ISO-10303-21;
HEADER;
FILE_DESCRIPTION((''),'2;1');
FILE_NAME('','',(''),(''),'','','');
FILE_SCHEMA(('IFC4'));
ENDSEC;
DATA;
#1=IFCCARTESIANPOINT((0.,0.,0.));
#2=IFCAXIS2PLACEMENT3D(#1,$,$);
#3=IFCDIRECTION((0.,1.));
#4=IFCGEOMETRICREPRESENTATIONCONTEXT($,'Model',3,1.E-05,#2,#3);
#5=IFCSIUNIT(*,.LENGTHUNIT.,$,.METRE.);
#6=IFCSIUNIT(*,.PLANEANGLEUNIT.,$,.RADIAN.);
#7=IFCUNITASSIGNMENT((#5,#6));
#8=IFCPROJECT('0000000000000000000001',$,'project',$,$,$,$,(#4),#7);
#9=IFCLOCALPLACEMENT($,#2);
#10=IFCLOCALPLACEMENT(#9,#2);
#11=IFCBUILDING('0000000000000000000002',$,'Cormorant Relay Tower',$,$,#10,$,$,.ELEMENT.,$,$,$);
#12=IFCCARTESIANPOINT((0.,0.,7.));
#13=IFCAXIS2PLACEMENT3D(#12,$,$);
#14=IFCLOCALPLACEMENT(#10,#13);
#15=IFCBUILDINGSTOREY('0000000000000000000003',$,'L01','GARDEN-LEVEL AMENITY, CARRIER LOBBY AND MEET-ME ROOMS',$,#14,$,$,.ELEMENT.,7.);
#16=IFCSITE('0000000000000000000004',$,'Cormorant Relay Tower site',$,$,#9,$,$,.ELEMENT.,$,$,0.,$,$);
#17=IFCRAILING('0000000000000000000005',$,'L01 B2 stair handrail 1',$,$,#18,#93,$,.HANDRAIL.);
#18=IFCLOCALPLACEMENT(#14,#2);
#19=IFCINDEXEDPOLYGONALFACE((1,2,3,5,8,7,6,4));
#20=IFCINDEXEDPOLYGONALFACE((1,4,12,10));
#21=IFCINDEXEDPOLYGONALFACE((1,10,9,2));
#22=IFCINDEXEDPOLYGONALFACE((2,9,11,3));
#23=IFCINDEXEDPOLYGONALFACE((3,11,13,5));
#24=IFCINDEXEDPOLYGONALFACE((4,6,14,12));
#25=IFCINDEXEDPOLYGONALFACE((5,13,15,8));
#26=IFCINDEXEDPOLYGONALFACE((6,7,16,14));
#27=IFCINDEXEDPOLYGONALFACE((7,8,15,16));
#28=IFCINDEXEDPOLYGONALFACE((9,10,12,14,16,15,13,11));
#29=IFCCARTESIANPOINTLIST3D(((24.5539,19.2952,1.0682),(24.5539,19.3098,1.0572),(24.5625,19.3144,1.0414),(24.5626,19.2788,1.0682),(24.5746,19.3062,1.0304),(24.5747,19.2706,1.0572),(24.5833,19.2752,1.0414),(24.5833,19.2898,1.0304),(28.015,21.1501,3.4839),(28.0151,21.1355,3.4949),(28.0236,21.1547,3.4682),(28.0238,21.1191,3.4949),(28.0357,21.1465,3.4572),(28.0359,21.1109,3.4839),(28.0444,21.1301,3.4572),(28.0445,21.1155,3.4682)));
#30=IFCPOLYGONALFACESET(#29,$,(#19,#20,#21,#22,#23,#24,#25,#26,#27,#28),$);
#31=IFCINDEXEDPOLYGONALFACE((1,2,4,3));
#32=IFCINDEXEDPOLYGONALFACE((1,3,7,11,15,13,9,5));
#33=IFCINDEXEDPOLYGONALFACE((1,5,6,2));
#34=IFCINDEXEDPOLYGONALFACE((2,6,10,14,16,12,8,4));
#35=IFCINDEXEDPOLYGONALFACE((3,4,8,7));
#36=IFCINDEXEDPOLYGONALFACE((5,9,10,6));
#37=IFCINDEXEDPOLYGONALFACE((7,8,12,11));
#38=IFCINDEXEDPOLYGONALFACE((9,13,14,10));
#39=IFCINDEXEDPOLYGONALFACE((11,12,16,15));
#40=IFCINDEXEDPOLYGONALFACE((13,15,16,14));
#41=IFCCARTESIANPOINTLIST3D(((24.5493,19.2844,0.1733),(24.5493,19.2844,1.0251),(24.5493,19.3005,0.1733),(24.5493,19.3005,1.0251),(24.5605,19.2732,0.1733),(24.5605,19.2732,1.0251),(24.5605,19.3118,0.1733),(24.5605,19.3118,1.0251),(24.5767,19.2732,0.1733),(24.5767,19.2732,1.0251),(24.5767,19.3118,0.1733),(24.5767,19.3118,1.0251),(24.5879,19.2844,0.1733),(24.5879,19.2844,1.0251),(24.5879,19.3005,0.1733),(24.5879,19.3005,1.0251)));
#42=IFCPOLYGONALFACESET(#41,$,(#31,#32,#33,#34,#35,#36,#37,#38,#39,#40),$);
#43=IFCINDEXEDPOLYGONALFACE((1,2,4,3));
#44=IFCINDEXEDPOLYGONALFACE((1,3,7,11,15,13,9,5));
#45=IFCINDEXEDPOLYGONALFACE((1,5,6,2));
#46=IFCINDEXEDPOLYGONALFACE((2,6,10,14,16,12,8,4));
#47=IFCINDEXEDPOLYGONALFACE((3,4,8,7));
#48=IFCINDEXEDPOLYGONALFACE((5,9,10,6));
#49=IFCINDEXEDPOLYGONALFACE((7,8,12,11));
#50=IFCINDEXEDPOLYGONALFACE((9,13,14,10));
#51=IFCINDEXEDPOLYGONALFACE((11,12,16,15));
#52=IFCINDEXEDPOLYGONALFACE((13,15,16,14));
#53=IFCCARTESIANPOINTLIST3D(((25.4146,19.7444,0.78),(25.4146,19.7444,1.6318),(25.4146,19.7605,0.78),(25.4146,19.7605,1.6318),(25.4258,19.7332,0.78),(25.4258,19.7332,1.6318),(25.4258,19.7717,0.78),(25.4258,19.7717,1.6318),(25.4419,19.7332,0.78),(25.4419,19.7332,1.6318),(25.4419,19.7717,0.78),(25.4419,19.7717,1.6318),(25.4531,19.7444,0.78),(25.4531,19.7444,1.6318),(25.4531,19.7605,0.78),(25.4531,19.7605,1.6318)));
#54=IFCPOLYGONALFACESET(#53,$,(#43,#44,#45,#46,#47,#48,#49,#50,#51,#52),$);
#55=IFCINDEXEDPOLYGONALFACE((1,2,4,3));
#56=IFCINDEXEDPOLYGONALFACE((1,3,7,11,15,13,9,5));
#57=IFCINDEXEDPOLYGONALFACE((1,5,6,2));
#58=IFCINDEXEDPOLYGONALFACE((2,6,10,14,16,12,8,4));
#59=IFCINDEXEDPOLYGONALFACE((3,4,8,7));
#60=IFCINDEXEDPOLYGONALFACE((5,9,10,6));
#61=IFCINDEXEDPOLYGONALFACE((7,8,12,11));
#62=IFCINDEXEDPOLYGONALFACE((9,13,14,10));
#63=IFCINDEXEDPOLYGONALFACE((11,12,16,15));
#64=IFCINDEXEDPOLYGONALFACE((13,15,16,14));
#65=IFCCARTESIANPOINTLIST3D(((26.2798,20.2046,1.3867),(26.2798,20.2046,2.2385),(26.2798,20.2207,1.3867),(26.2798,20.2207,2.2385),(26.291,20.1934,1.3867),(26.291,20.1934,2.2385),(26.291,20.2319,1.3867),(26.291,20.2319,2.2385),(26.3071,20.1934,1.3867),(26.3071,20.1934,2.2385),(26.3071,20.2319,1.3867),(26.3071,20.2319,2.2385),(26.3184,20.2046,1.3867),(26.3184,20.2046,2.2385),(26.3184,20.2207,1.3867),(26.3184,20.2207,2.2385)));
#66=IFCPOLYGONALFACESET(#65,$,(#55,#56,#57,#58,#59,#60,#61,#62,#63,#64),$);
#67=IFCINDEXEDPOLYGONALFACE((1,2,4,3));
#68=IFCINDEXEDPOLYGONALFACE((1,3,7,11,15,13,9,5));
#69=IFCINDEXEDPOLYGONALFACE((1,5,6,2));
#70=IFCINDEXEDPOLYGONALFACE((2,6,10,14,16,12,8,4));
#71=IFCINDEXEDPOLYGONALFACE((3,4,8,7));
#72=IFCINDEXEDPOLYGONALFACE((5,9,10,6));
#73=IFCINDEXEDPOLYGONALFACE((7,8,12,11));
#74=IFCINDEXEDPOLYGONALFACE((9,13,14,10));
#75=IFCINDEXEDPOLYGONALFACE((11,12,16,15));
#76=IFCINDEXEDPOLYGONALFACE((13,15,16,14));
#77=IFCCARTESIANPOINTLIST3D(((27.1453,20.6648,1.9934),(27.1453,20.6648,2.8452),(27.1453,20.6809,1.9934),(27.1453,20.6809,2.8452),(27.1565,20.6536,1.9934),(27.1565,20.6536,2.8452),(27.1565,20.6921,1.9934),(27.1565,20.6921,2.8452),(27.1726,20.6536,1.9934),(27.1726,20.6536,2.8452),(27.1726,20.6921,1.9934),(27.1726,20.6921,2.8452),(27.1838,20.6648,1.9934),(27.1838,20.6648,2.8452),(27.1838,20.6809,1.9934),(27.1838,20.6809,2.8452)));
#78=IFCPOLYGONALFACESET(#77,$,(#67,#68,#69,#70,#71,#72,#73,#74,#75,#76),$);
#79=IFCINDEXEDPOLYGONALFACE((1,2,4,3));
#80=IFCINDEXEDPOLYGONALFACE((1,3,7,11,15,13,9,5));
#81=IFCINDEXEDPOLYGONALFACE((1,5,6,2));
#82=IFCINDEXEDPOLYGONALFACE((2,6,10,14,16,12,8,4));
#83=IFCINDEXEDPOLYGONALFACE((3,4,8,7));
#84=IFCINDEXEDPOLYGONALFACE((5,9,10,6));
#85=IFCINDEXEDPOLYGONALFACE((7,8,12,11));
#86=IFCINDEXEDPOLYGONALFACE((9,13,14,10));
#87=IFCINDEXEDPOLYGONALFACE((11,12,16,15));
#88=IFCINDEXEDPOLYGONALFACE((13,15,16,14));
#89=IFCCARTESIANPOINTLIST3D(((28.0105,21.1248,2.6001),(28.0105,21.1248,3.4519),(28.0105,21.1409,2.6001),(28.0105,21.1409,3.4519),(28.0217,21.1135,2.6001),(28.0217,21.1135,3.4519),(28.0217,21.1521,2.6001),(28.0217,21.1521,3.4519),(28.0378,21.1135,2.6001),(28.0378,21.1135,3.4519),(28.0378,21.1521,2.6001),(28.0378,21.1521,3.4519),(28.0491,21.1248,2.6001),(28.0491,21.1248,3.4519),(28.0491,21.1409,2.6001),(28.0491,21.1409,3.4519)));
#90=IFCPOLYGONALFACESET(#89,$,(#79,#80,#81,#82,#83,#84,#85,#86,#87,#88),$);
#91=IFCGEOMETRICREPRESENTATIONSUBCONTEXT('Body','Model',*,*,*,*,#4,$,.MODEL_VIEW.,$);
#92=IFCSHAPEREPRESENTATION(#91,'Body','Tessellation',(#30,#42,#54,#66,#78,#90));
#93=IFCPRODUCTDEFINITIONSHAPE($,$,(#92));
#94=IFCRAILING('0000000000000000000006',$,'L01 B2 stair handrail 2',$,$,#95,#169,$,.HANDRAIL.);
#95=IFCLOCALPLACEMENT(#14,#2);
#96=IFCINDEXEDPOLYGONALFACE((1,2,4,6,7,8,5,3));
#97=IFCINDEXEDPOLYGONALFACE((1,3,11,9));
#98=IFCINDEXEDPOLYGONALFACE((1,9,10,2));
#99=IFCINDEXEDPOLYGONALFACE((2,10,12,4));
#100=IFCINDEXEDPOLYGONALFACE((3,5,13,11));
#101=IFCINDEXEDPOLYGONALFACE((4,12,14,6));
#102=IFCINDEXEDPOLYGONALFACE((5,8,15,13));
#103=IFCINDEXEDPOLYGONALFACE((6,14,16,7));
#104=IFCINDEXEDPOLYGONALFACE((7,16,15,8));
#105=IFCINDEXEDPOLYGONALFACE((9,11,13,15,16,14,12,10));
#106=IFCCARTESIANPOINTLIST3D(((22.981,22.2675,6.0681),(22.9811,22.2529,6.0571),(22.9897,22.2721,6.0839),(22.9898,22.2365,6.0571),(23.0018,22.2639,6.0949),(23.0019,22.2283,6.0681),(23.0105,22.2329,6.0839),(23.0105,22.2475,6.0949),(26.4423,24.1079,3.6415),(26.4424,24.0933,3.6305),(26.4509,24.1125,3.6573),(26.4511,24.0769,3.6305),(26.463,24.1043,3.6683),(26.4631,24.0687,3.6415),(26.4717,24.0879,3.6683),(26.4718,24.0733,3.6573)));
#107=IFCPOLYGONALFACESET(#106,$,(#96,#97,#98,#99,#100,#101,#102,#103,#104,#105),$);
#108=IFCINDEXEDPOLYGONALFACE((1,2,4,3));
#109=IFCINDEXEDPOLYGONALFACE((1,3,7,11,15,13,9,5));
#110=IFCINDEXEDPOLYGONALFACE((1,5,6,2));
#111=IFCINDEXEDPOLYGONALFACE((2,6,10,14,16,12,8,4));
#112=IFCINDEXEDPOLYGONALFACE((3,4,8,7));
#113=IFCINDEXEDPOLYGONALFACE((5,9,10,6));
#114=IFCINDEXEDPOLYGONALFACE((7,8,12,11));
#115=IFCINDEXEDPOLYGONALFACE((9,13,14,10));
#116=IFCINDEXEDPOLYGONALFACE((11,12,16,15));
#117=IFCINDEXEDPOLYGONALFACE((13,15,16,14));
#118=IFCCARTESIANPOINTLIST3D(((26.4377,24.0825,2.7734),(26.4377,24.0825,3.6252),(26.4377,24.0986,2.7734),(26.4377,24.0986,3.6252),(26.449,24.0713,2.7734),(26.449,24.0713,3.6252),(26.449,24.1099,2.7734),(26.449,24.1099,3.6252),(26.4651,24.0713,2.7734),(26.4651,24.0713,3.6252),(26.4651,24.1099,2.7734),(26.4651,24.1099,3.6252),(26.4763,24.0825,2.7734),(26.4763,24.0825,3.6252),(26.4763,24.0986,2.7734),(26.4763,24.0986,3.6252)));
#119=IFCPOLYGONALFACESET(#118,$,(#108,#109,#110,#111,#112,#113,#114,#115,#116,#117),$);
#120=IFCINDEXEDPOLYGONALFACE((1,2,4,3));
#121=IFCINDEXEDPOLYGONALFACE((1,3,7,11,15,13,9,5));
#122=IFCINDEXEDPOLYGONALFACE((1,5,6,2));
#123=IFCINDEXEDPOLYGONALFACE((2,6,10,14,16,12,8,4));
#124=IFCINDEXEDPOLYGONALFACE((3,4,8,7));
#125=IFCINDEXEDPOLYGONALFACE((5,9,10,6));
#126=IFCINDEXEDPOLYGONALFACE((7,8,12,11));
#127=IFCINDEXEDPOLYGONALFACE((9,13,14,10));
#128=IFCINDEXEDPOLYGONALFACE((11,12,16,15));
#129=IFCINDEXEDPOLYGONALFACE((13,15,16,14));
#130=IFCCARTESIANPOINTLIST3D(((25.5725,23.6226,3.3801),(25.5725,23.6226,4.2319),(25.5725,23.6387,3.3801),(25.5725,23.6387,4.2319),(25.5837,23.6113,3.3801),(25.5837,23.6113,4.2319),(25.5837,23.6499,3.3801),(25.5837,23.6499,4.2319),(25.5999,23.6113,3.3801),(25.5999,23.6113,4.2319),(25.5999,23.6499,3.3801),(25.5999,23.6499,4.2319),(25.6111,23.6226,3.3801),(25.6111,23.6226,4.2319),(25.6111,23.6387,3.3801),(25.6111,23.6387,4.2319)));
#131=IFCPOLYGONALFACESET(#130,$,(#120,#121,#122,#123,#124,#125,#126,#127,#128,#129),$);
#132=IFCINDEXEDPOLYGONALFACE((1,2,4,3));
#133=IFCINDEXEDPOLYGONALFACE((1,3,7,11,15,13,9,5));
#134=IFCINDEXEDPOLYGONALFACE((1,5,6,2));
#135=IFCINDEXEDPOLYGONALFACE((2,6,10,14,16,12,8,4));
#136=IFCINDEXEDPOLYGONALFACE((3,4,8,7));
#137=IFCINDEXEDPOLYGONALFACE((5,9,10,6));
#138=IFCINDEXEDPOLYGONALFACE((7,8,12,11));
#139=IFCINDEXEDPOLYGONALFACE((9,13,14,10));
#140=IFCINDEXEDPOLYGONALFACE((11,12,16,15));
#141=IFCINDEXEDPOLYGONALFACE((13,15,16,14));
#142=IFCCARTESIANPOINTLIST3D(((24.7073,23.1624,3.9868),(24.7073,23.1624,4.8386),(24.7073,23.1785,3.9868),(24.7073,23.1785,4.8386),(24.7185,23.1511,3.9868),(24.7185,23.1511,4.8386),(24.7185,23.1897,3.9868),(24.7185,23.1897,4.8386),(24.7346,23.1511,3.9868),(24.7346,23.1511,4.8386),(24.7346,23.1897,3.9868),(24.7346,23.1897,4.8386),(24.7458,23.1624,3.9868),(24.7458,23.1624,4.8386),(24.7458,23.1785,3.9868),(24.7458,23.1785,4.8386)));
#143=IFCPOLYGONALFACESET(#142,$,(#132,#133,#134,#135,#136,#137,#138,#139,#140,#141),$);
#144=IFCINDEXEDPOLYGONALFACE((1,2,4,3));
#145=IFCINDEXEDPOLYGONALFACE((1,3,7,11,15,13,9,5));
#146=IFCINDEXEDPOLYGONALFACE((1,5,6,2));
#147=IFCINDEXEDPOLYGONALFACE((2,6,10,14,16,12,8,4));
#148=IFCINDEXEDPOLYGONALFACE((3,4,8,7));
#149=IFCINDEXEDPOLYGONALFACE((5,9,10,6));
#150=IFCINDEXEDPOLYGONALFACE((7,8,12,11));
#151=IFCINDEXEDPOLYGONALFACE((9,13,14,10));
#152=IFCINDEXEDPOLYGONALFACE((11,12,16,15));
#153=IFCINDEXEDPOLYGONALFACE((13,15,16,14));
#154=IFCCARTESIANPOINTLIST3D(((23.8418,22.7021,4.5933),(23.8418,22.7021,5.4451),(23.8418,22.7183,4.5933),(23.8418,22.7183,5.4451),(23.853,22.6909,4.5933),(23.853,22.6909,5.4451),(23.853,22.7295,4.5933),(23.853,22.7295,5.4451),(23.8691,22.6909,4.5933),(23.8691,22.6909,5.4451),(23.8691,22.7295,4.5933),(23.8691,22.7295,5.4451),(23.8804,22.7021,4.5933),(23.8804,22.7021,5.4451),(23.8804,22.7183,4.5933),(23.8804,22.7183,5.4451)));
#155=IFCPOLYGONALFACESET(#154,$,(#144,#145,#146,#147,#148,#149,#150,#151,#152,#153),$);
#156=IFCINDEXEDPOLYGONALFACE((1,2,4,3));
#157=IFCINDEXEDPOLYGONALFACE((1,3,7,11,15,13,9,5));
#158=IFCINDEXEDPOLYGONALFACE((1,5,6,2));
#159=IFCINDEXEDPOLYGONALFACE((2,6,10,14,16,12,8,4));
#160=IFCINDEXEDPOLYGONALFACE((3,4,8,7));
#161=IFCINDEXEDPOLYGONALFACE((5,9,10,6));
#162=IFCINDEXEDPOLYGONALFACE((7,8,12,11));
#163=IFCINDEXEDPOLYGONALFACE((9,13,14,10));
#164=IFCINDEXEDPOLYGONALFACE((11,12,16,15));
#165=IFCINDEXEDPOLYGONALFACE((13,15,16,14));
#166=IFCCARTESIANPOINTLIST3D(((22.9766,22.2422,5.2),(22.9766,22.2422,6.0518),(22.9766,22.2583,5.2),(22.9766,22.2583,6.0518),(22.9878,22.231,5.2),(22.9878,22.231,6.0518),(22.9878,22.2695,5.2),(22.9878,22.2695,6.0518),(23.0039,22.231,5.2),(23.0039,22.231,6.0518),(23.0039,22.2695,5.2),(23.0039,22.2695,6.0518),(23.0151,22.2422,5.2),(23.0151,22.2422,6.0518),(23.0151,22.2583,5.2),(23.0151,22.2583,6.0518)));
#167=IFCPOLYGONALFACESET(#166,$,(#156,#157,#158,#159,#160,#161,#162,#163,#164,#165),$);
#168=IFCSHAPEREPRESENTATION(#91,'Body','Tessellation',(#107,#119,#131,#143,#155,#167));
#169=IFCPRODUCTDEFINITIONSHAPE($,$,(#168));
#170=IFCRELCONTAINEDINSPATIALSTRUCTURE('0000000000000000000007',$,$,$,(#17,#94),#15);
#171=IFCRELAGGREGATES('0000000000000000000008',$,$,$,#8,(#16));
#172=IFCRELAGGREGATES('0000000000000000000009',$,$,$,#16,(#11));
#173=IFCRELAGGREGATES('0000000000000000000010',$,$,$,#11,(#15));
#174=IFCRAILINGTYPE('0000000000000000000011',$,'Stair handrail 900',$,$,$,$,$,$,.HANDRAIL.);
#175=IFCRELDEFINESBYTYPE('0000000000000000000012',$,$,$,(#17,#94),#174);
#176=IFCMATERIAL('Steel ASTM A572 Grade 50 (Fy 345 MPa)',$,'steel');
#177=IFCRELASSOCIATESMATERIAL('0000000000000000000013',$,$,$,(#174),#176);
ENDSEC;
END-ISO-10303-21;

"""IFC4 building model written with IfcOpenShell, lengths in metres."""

from ifc_helpers import new_model, si_unit, direction, frame, origin, place, context, subcontext, project, spatial, polyline, outline, extrude, material, type_object, element, save


model = new_model("IFC4")

# Units and contexts
model_context = context("Model", 3, precision=1e-05, world=origin(), true_north=direction((0.0, 1.0)))
body_context = subcontext(model_context, "Body", "Model", "MODEL_VIEW")
ifc_project = project(units=[si_unit("LENGTHUNIT", "METRE"), si_unit("PLANEANGLEUNIT", "RADIAN")], contexts=[model_context])

# Site, building, storey
site_placement = place(None, origin())
site = spatial("IfcSite", under=ifc_project, at=site_placement, Name="Cormorant Relay Tower site", CompositionType="ELEMENT", RefElevation=0.0)
building_placement = place(site_placement, origin())
building = spatial("IfcBuilding", under=site, at=building_placement, Name="Cormorant Relay Tower", CompositionType="ELEMENT")
storey_placement = place(building_placement, frame((0.0, 0.0, 7.0)))
storey = spatial("IfcBuildingStorey", under=building, at=storey_placement, Name="L01", Description="GARDEN-LEVEL AMENITY, CARRIER LOBBY AND MEET-ME ROOMS", CompositionType="ELEMENT", Elevation=7.0)

# Railings
ifc_material_1 = material(Name="Steel ASTM A572 Grade 50 (Fy 345 MPa)", Category="steel")
railing_type_1 = type_object("IfcRailingType", Name="Stair handrail 900", PredefinedType="HANDRAIL", material=ifc_material_1)
railing_1_placement = place(storey_placement, frame((24.5686, 19.2925, 0.1733)))
element("IfcRailing", 1, at=railing_1_placement, inside=storey, type_object=railing_type_1, Name="L01 B2 stair handrail 1", PredefinedType="HANDRAIL", context=body_context, shape_type="SweptSolid", body=[
    extrude(outline(polyline([(0.0222, 0.0093), (0.0093, 0.0222), (-0.0093, 0.0222), (-0.0222, 0.0093), (-0.0222, -0.0093), (-0.0093, -0.0222), (0.0093, -0.0222), (0.0222, -0.0093), (0.0222, 0.0093)])), frame((0.0, 0.0, 0.876), z_axis=(0.750734, 0.39917, 0.526366), x_axis=(-0.469469, 0.882949, 0.0)), (0.0, 0.0, 1.0), 4.6104),
    extrude(outline(polyline([(0.0193, 0.0081), (0.0081, 0.0193), (-0.0081, 0.0193), (-0.0193, 0.0081), (-0.0193, -0.0081), (-0.0081, -0.0193), (0.0081, -0.0193), (0.0193, -0.0081), (0.0193, 0.0081)])), origin(), (0.0, 0.0, 1.0), 0.8518),
    extrude(outline(polyline([(0.0193, 0.0081), (0.0081, 0.0193), (-0.0081, 0.0193), (-0.0193, 0.0081), (-0.0193, -0.0081), (-0.0081, -0.0193), (0.0081, -0.0193), (0.0193, -0.0081), (0.0193, 0.0081)])), frame((0.8652, 0.46, 0.6067)), (0.0, 0.0, 1.0), 0.8518),
    extrude(outline(polyline([(0.0193, 0.0081), (0.0081, 0.0193), (-0.0081, 0.0193), (-0.0193, 0.0081), (-0.0193, -0.0081), (-0.0081, -0.0193), (0.0081, -0.0193), (0.0193, -0.0081), (0.0193, 0.0081)])), frame((1.7305, 0.9202, 1.2134)), (0.0, 0.0, 1.0), 0.8518),
    extrude(outline(polyline([(0.0193, 0.0081), (0.0081, 0.0193), (-0.0081, 0.0193), (-0.0193, 0.0081), (-0.0193, -0.0081), (-0.0081, -0.0193), (0.0081, -0.0193), (0.0193, -0.0081), (0.0193, 0.0081)])), frame((2.5959, 1.3804, 1.8201)), (0.0, 0.0, 1.0), 0.8518),
    extrude(outline(polyline([(0.0193, 0.0081), (0.0081, 0.0193), (-0.0081, 0.0193), (-0.0193, 0.0081), (-0.0193, -0.0081), (-0.0081, -0.0193), (0.0081, -0.0193), (0.0193, -0.0081), (0.0193, 0.0081)])), frame((3.4612, 1.8403, 2.4268)), (0.0, 0.0, 1.0), 0.8518),
])
railing_2_placement = place(storey_placement, frame((26.457, 24.0906, 2.7734)))
element("IfcRailing", 2, at=railing_2_placement, inside=storey, type_object=railing_type_1, Name="L01 B2 stair handrail 2", PredefinedType="HANDRAIL", context=body_context, shape_type="SweptSolid", body=[
    extrude(outline(polyline([(0.0222, 0.0093), (0.0093, 0.0222), (-0.0093, 0.0222), (-0.0222, 0.0093), (-0.0222, -0.0093), (-0.0093, -0.0222), (0.0093, -0.0222), (0.0222, -0.0093), (0.0222, 0.0093)])), frame((0.0, 0.0, 0.876), z_axis=(-0.750755, -0.399181, 0.526328), x_axis=(0.469469, -0.882949, 0.0)), (0.0, 0.0, 1.0), 4.6104),
    extrude(outline(polyline([(0.0193, 0.0081), (0.0081, 0.0193), (-0.0081, 0.0193), (-0.0193, 0.0081), (-0.0193, -0.0081), (-0.0081, -0.0193), (0.0081, -0.0193), (0.0193, -0.0081), (0.0193, 0.0081)])), origin(), (0.0, 0.0, 1.0), 0.8518),
    extrude(outline(polyline([(0.0193, 0.0081), (0.0081, 0.0193), (-0.0081, 0.0193), (-0.0193, 0.0081), (-0.0193, -0.0081), (-0.0081, -0.0193), (0.0081, -0.0193), (0.0193, -0.0081), (0.0193, 0.0081)])), frame((-0.8652, -0.46, 0.6067)), (0.0, 0.0, 1.0), 0.8518),
    extrude(outline(polyline([(0.0193, 0.0081), (0.0081, 0.0193), (-0.0081, 0.0193), (-0.0193, 0.0081), (-0.0193, -0.0081), (-0.0081, -0.0193), (0.0081, -0.0193), (0.0193, -0.0081), (0.0193, 0.0081)])), frame((-1.7305, -0.9202, 1.2134)), (0.0, 0.0, 1.0), 0.8518),
    extrude(outline(polyline([(0.0193, 0.0081), (0.0081, 0.0193), (-0.0081, 0.0193), (-0.0193, 0.0081), (-0.0193, -0.0081), (-0.0081, -0.0193), (0.0081, -0.0193), (0.0193, -0.0081), (0.0193, 0.0081)])), frame((-2.5959, -1.3804, 1.8198)), (0.0, 0.0, 1.0), 0.8518),
    extrude(outline(polyline([(0.0193, 0.0081), (0.0081, 0.0193), (-0.0081, 0.0193), (-0.0193, 0.0081), (-0.0193, -0.0081), (-0.0081, -0.0193), (0.0081, -0.0193), (0.0193, -0.0081), (0.0193, 0.0081)])), frame((-3.4612, -1.8403, 2.4265)), (0.0, 0.0, 1.0), 0.8518),
])

save(model, "model.ifc")
